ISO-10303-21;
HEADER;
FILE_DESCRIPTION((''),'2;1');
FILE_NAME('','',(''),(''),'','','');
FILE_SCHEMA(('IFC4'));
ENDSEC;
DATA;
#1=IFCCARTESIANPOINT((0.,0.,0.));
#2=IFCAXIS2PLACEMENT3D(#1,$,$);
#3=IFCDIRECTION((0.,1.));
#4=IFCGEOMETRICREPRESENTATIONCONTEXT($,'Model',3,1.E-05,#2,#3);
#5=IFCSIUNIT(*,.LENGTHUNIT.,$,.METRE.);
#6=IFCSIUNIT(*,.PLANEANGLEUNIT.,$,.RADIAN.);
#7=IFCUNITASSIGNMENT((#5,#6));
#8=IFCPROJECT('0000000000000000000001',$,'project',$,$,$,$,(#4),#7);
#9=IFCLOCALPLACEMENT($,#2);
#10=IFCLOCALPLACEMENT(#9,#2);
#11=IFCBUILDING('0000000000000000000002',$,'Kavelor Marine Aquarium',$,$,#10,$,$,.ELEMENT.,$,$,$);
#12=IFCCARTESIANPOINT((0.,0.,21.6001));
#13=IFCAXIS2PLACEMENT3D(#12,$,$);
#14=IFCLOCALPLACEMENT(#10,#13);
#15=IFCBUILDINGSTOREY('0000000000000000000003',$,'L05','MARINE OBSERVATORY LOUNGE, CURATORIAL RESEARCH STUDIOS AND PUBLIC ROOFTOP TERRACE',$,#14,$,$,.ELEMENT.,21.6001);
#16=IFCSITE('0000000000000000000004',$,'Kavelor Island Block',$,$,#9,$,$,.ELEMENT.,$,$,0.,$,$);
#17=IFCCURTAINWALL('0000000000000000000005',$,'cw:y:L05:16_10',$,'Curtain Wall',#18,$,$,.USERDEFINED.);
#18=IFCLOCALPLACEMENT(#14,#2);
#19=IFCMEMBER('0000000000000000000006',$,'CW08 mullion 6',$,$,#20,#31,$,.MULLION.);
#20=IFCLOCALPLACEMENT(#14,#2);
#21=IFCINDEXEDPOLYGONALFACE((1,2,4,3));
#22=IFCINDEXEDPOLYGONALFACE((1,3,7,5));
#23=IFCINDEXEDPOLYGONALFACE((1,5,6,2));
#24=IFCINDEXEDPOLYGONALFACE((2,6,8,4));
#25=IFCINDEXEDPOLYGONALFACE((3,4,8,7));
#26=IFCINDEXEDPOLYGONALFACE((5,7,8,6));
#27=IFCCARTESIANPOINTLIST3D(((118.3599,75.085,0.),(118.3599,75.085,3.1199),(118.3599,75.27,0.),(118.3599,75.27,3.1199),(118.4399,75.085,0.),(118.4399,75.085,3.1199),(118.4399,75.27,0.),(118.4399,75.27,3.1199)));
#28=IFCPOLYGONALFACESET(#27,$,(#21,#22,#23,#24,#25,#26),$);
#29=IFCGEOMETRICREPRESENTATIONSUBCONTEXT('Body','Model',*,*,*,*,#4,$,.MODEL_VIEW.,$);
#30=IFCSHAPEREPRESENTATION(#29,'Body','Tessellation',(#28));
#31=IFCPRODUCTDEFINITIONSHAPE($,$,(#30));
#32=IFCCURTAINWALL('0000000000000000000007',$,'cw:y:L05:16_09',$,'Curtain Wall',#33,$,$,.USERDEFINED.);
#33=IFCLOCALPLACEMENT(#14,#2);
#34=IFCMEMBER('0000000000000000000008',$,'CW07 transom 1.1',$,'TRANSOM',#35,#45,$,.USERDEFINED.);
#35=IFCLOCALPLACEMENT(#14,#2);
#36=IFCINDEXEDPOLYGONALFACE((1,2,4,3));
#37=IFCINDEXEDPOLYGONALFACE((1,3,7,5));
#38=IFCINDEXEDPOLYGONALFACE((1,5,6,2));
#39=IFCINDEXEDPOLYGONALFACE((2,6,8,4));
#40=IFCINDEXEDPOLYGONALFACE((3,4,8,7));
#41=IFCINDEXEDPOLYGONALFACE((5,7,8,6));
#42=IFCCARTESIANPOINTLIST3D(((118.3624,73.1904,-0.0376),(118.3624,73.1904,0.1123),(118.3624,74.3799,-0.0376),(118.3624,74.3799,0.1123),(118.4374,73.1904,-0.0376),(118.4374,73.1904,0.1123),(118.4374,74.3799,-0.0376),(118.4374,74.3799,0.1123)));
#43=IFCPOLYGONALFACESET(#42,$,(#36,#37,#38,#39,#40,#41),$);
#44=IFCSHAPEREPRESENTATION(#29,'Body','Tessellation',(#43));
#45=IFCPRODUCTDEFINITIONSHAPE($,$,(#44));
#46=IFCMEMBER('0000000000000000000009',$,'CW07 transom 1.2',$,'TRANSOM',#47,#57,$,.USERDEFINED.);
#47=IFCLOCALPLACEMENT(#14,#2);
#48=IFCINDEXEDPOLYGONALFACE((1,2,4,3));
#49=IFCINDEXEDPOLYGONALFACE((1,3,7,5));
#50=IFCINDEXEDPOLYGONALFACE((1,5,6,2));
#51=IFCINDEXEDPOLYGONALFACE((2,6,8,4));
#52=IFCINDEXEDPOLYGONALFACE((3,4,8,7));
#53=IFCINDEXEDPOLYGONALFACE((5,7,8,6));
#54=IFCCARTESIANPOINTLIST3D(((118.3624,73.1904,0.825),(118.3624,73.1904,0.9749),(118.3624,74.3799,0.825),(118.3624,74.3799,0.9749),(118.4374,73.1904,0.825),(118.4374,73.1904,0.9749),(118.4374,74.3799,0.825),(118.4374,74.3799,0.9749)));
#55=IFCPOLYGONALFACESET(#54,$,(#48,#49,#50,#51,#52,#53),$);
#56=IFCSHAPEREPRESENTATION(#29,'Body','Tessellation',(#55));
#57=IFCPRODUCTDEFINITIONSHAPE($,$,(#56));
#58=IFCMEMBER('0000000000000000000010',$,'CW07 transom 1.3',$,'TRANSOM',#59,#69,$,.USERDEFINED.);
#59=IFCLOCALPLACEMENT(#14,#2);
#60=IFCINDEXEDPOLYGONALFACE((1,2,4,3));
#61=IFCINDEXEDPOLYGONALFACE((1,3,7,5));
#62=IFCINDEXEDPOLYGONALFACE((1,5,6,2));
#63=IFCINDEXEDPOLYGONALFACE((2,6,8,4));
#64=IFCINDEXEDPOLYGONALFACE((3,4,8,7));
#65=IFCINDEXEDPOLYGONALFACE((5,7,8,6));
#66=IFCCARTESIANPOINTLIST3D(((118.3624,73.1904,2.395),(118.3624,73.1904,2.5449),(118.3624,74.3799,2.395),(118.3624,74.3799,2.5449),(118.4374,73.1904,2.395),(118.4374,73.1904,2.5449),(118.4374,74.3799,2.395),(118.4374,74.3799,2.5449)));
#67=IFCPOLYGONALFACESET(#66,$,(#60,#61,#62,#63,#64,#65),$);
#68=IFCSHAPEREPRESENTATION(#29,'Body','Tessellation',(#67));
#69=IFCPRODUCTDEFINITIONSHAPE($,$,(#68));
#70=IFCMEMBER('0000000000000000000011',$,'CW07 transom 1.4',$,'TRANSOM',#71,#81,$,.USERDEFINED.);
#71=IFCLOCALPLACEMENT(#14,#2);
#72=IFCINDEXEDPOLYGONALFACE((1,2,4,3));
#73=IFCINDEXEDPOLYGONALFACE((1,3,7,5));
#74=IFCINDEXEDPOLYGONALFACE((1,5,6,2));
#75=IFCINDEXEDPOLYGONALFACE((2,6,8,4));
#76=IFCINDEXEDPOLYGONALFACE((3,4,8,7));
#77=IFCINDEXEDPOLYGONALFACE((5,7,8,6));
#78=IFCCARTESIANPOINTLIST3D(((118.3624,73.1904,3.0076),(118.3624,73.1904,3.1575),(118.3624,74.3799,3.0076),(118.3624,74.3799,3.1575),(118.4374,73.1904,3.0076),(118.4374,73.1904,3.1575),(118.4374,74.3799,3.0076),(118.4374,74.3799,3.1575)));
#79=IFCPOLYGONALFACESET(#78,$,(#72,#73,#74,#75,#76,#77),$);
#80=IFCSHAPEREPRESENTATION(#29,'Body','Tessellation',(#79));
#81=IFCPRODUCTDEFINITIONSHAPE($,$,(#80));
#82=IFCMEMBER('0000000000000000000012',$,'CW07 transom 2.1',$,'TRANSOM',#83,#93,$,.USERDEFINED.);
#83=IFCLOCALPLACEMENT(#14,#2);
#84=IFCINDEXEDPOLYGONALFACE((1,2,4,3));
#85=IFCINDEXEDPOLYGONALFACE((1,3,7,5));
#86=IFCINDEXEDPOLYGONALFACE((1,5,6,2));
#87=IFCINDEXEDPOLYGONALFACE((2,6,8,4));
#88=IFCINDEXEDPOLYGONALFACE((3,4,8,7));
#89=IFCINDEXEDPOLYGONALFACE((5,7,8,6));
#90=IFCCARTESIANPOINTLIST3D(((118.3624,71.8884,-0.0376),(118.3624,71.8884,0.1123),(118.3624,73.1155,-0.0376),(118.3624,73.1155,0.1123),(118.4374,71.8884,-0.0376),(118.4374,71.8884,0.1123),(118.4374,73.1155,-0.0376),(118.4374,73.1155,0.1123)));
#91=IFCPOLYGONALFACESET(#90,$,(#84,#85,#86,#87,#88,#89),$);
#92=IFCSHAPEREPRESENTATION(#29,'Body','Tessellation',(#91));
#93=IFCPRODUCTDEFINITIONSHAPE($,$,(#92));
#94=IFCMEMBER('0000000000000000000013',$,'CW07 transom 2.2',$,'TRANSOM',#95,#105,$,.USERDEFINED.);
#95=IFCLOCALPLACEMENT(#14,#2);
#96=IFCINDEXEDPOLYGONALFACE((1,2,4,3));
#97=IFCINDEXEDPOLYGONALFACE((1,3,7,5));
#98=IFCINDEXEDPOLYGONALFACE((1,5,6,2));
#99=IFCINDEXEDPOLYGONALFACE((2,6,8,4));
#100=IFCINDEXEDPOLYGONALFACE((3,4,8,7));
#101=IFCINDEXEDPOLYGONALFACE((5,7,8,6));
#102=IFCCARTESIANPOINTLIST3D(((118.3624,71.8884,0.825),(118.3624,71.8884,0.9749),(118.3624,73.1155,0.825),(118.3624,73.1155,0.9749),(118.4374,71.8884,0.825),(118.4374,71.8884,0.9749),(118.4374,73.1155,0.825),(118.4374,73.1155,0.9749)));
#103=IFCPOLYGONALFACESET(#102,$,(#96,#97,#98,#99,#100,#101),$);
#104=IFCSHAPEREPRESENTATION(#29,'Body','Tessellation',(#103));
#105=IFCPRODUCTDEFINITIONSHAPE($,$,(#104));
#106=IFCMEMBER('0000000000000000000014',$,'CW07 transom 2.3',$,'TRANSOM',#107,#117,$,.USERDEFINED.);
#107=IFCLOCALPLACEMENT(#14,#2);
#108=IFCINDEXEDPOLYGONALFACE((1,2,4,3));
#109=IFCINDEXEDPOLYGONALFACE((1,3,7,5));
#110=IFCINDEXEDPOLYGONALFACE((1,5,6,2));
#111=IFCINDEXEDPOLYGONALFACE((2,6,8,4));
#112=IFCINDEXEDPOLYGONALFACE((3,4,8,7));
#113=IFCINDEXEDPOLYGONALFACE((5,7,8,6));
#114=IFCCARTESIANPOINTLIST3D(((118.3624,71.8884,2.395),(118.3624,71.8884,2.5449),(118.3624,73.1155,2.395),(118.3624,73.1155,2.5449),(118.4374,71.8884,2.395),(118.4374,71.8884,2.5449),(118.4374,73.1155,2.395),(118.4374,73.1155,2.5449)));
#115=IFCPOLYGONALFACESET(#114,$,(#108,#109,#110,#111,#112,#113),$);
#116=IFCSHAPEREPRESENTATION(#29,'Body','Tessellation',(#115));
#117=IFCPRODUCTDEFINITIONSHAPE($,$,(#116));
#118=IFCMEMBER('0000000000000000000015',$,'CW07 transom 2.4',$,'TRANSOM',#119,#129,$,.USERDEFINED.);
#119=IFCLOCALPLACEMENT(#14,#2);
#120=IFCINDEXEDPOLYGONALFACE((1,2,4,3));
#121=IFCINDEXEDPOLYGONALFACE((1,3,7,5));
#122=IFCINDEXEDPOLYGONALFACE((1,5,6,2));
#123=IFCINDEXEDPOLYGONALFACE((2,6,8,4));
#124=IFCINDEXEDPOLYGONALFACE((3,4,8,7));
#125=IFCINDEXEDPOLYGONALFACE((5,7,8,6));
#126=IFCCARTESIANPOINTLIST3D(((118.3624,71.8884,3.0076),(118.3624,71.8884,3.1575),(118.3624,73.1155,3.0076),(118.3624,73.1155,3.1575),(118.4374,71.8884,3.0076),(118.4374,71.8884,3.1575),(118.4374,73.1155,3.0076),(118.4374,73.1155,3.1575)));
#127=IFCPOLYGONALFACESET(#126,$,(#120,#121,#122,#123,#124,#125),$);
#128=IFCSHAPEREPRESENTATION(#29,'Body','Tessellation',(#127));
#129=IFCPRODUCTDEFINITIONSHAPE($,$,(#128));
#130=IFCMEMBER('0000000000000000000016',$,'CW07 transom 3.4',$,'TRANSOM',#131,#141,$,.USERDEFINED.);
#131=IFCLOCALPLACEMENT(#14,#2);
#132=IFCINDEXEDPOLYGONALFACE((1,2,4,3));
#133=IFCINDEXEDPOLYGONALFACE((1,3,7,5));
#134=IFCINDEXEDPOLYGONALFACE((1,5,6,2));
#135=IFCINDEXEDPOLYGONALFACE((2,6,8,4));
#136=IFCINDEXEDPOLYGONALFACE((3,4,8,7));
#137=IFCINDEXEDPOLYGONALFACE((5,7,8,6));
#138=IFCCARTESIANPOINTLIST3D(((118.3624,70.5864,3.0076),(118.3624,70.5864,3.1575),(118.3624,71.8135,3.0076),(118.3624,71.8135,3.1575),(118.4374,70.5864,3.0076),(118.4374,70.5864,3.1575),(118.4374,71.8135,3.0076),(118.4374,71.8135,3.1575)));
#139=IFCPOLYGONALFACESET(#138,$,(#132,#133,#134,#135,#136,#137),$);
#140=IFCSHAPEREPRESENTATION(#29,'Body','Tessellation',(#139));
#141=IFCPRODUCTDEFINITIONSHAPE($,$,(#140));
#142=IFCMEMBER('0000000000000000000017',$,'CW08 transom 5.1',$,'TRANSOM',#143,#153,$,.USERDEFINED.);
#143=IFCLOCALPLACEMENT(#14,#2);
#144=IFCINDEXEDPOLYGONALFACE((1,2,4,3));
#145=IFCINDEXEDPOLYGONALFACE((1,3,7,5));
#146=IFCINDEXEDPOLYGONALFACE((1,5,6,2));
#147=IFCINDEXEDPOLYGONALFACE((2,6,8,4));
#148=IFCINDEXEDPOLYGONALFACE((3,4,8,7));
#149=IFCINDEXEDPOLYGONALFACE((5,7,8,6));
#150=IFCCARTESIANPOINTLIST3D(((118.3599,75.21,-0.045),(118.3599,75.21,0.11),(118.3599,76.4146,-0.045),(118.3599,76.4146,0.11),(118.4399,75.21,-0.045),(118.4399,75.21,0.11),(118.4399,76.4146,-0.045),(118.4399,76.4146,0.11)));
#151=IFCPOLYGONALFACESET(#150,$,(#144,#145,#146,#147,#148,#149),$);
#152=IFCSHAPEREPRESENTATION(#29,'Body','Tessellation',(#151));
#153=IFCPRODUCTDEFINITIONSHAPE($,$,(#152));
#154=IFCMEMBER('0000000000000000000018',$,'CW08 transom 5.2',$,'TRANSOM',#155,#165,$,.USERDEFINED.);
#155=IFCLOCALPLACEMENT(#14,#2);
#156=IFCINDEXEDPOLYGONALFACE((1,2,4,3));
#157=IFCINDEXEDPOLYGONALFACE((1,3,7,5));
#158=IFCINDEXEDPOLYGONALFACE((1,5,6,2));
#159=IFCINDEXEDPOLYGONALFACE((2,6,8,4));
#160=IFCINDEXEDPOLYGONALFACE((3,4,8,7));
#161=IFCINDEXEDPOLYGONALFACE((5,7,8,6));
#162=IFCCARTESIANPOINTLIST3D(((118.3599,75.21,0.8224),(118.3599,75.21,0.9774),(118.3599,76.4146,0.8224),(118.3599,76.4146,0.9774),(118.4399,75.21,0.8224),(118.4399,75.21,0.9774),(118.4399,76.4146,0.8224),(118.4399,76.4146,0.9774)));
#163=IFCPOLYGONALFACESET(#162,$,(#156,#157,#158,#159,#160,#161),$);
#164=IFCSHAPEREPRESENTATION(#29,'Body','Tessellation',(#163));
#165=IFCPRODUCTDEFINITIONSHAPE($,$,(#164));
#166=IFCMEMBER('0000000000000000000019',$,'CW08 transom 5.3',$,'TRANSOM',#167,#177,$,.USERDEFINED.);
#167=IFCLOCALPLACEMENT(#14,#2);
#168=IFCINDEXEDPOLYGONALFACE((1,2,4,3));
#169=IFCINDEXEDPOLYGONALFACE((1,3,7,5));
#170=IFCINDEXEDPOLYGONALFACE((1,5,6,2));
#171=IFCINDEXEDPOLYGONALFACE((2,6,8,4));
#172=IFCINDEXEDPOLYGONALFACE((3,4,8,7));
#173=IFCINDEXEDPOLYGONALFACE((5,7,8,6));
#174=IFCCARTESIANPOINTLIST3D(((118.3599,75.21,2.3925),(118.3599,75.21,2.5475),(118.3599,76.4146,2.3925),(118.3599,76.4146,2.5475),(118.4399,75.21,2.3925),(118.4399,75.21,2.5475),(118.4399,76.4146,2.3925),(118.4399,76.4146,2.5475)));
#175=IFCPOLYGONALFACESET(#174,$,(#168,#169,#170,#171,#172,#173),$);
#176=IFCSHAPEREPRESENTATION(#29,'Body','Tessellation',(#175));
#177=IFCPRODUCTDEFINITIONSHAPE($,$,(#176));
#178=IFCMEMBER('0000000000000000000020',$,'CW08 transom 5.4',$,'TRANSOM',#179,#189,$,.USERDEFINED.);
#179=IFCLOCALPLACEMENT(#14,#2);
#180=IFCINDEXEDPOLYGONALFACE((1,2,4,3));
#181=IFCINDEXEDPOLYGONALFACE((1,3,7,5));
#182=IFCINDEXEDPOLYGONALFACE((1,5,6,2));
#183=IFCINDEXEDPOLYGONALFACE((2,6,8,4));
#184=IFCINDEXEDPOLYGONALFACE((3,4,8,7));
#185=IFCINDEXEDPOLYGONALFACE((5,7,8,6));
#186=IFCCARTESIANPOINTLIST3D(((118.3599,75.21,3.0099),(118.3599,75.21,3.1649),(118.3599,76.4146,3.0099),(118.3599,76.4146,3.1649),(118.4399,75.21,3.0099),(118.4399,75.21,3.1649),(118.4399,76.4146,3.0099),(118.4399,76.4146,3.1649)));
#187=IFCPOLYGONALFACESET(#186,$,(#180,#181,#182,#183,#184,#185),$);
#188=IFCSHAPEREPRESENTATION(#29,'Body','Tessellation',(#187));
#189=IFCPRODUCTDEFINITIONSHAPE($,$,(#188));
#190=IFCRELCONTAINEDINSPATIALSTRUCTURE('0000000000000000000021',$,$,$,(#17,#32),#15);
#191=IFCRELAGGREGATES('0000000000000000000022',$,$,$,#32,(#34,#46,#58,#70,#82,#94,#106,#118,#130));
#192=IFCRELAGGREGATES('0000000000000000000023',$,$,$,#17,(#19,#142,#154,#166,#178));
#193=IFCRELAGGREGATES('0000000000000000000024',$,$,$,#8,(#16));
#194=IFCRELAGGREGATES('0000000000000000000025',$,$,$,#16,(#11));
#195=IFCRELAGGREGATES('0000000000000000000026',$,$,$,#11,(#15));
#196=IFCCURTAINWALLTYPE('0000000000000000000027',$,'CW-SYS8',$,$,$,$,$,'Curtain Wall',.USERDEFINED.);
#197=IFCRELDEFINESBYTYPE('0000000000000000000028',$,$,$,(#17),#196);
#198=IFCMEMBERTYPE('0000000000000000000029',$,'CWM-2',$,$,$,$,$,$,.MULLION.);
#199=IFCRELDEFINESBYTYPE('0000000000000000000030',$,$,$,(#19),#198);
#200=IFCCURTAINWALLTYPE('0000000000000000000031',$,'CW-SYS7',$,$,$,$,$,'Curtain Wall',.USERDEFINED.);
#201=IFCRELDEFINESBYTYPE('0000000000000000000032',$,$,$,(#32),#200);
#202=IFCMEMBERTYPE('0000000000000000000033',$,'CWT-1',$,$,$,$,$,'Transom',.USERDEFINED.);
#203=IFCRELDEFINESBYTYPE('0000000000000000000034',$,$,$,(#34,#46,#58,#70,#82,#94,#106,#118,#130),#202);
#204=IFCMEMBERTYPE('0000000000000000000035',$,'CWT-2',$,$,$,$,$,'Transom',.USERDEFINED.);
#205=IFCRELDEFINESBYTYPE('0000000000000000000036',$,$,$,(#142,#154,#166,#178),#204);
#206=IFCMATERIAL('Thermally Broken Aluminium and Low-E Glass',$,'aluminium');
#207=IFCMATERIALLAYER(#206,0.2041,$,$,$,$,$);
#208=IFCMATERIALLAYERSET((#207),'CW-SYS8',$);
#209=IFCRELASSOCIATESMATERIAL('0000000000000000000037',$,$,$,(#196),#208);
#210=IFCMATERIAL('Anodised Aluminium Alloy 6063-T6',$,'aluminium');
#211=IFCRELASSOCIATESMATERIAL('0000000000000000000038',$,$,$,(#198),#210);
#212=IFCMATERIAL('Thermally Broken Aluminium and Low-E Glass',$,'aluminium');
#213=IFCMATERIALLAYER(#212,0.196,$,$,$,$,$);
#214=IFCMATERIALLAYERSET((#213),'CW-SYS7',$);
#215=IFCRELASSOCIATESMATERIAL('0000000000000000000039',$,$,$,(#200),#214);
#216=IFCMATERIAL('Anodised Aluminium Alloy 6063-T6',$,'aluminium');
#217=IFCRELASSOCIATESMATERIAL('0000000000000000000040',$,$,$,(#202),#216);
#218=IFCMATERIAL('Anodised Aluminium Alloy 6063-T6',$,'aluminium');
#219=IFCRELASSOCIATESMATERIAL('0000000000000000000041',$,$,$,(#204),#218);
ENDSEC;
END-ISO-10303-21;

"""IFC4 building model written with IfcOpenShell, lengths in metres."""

from ifc_helpers import new_model, si_unit, direction, frame, origin, origin_2d, place, context, subcontext, project, spatial, rectangle, extrude, material, layer, layer_set, material_profile, profile_set, type_object, element, aggregate, save


model = new_model("IFC4")

# Units and contexts
model_context = context("Model", 3, precision=1e-05, world=origin(), true_north=direction((0.0, 1.0)))
body_context = subcontext(model_context, "Body", "Model", "MODEL_VIEW")
ifc_project = project(units=[si_unit("LENGTHUNIT", "METRE"), si_unit("PLANEANGLEUNIT", "RADIAN")], contexts=[model_context])

# Site, building, storey
site_placement = place(None, origin())
site = spatial("IfcSite", under=ifc_project, at=site_placement, Name="Kavelor Island Block", CompositionType="ELEMENT", RefElevation=0.0)
building_placement = place(site_placement, origin())
building = spatial("IfcBuilding", under=site, at=building_placement, Name="Kavelor Marine Aquarium", CompositionType="ELEMENT")
storey_placement = place(building_placement, frame((0.0, 0.0, 21.6001)))
storey = spatial("IfcBuildingStorey", under=building, at=storey_placement, Name="L05", Description="MARINE OBSERVATORY LOUNGE, CURATORIAL RESEARCH STUDIOS AND PUBLIC ROOFTOP TERRACE", CompositionType="ELEMENT", Elevation=21.6001)

# Curtain wall, member
ifc_material_1 = material(Name="Thermally Broken Aluminium and Low-E Glass", Category="aluminium")
ifc_layer_1 = layer(ifc_material_1, 0.2041)
ifc_layer_set_1 = layer_set([ifc_layer_1], Name="CW-SYS8")
curtain_wall_type_1 = type_object("IfcCurtainWallType", Name="CW-SYS8", ElementType="Curtain Wall", PredefinedType="USERDEFINED", material=ifc_layer_set_1)
curtain_wall_1_placement = place(storey_placement, origin())
curtain_wall_1 = element("IfcCurtainWall", 1, at=curtain_wall_1_placement, inside=storey, type_object=curtain_wall_type_1, Name="cw:y:L05:16_10", ObjectType="Curtain Wall", PredefinedType="USERDEFINED")
ifc_material_2 = material(Name="Anodised Aluminium Alloy 6063-T6", Category="aluminium")
ifc_material_profile_1 = material_profile(ifc_material_2, rectangle(XDim=0.0801, YDim=0.1851, at=origin_2d()), Name="CW-MUL 80x185")
ifc_profile_set_1 = profile_set([ifc_material_profile_1], Name="Anodised Aluminium Alloy 6063-T6")
member_type_1 = type_object("IfcMemberType", Name="CWM-2", PredefinedType="MULLION", material=ifc_profile_set_1)
member_1_placement = place(storey_placement, frame((118.3999, 75.1775, 0.0), z_axis=(0.0, 0.0, 1.0), x_axis=(1.0, 0.0, 0.0)))
member_1 = element("IfcMember", 2, at=member_1_placement, type_object=member_type_1, Name="CW08 mullion 6", PredefinedType="MULLION", context=body_context, shape_type="SweptSolid", body=[
    extrude(rectangle(XDim=0.0801, YDim=0.1851, at=origin_2d()), origin(), (0.0, 0.0, 1.0), 3.1199),
])

# Curtain wall, members
ifc_material_3 = material(Name="Thermally Broken Aluminium and Low-E Glass", Category="aluminium")
ifc_layer_2 = layer(ifc_material_3, 0.196)
ifc_layer_set_2 = layer_set([ifc_layer_2], Name="CW-SYS7")
curtain_wall_type_2 = type_object("IfcCurtainWallType", Name="CW-SYS7", ElementType="Curtain Wall", PredefinedType="USERDEFINED", material=ifc_layer_set_2)
curtain_wall_2_placement = place(storey_placement, origin())
curtain_wall_2 = element("IfcCurtainWall", 3, at=curtain_wall_2_placement, inside=storey, type_object=curtain_wall_type_2, Name="cw:y:L05:16_09", ObjectType="Curtain Wall", PredefinedType="USERDEFINED")
ifc_material_4 = material(Name="Anodised Aluminium Alloy 6063-T6", Category="aluminium")
ifc_material_profile_2 = material_profile(ifc_material_4, rectangle(XDim=0.075, YDim=0.1499, at=origin_2d()), Name="CW-TRN 75x150")
ifc_profile_set_2 = profile_set([ifc_material_profile_2], Name="Anodised Aluminium Alloy 6063-T6")
member_type_2 = type_object("IfcMemberType", Name="CWT-1", ElementType="Transom", PredefinedType="USERDEFINED", material=ifc_profile_set_2)
member_2_placement = place(storey_placement, frame((118.3999, 74.3799, 0.0374), z_axis=(0.0, -1.0, 0.0), x_axis=(1.0, 0.0, 0.0)))
member_2 = element("IfcMember", 4, at=member_2_placement, type_object=member_type_2, Name="CW07 transom 1.1", ObjectType="TRANSOM", PredefinedType="USERDEFINED", context=body_context, shape_type="SweptSolid", body=[
    extrude(rectangle(XDim=0.075, YDim=0.1499, at=origin_2d()), origin(), (0.0, 0.0, 1.0), 1.1895),
])
member_3_placement = place(storey_placement, frame((118.3999, 74.3799, 0.8999), z_axis=(0.0, -1.0, 0.0), x_axis=(1.0, 0.0, 0.0)))
member_3 = element("IfcMember", 5, at=member_3_placement, type_object=member_type_2, Name="CW07 transom 1.2", ObjectType="TRANSOM", PredefinedType="USERDEFINED", context=body_context, shape_type="SweptSolid", body=[
    extrude(rectangle(XDim=0.075, YDim=0.1499, at=origin_2d()), origin(), (0.0, 0.0, 1.0), 1.1895),
])
member_4_placement = place(storey_placement, frame((118.3999, 74.3799, 2.47), z_axis=(0.0, -1.0, 0.0), x_axis=(1.0, 0.0, 0.0)))
member_4 = element("IfcMember", 6, at=member_4_placement, type_object=member_type_2, Name="CW07 transom 1.3", ObjectType="TRANSOM", PredefinedType="USERDEFINED", context=body_context, shape_type="SweptSolid", body=[
    extrude(rectangle(XDim=0.075, YDim=0.1499, at=origin_2d()), origin(), (0.0, 0.0, 1.0), 1.1895),
])
member_5_placement = place(storey_placement, frame((118.3999, 74.3799, 3.0825), z_axis=(0.0, -1.0, 0.0), x_axis=(1.0, 0.0, 0.0)))
member_5 = element("IfcMember", 7, at=member_5_placement, type_object=member_type_2, Name="CW07 transom 1.4", ObjectType="TRANSOM", PredefinedType="USERDEFINED", context=body_context, shape_type="SweptSolid", body=[
    extrude(rectangle(XDim=0.075, YDim=0.1499, at=origin_2d()), origin(), (0.0, 0.0, 1.0), 1.1895),
])
member_6_placement = place(storey_placement, frame((118.3999, 73.1155, 0.0374), z_axis=(0.0, -1.0, 0.0), x_axis=(1.0, 0.0, 0.0)))
member_6 = element("IfcMember", 8, at=member_6_placement, type_object=member_type_2, Name="CW07 transom 2.1", ObjectType="TRANSOM", PredefinedType="USERDEFINED", context=body_context, shape_type="SweptSolid", body=[
    extrude(rectangle(XDim=0.075, YDim=0.1499, at=origin_2d()), origin(), (0.0, 0.0, 1.0), 1.2271),
])
member_7_placement = place(storey_placement, frame((118.3999, 73.1155, 0.8999), z_axis=(0.0, -1.0, 0.0), x_axis=(1.0, 0.0, 0.0)))
member_7 = element("IfcMember", 9, at=member_7_placement, type_object=member_type_2, Name="CW07 transom 2.2", ObjectType="TRANSOM", PredefinedType="USERDEFINED", context=body_context, shape_type="SweptSolid", body=[
    extrude(rectangle(XDim=0.075, YDim=0.1499, at=origin_2d()), origin(), (0.0, 0.0, 1.0), 1.2271),
])
member_8_placement = place(storey_placement, frame((118.3999, 73.1155, 2.47), z_axis=(0.0, -1.0, 0.0), x_axis=(1.0, 0.0, 0.0)))
member_8 = element("IfcMember", 10, at=member_8_placement, type_object=member_type_2, Name="CW07 transom 2.3", ObjectType="TRANSOM", PredefinedType="USERDEFINED", context=body_context, shape_type="SweptSolid", body=[
    extrude(rectangle(XDim=0.075, YDim=0.1499, at=origin_2d()), origin(), (0.0, 0.0, 1.0), 1.2271),
])
member_9_placement = place(storey_placement, frame((118.3999, 73.1155, 3.0825), z_axis=(0.0, -1.0, 0.0), x_axis=(1.0, 0.0, 0.0)))
member_9 = element("IfcMember", 11, at=member_9_placement, type_object=member_type_2, Name="CW07 transom 2.4", ObjectType="TRANSOM", PredefinedType="USERDEFINED", context=body_context, shape_type="SweptSolid", body=[
    extrude(rectangle(XDim=0.075, YDim=0.1499, at=origin_2d()), origin(), (0.0, 0.0, 1.0), 1.2271),
])
member_10_placement = place(storey_placement, frame((118.3999, 71.8135, 3.0825), z_axis=(0.0, -1.0, 0.0), x_axis=(1.0, 0.0, 0.0)))
member_10 = element("IfcMember", 12, at=member_10_placement, type_object=member_type_2, Name="CW07 transom 3.4", ObjectType="TRANSOM", PredefinedType="USERDEFINED", context=body_context, shape_type="SweptSolid", body=[
    extrude(rectangle(XDim=0.075, YDim=0.1499, at=origin_2d()), origin(), (0.0, 0.0, 1.0), 1.2271),
])

# Members
ifc_material_5 = material(Name="Anodised Aluminium Alloy 6063-T6", Category="aluminium")
ifc_material_profile_3 = material_profile(ifc_material_5, rectangle(XDim=0.0801, YDim=0.155, at=origin_2d()), Name="CW-TRN 80x155")
ifc_profile_set_3 = profile_set([ifc_material_profile_3], Name="Anodised Aluminium Alloy 6063-T6")
member_type_3 = type_object("IfcMemberType", Name="CWT-2", ElementType="Transom", PredefinedType="USERDEFINED", material=ifc_profile_set_3)
member_11_placement = place(storey_placement, frame((118.3999, 76.4146, 0.0325), z_axis=(0.0, -1.0, 0.0), x_axis=(1.0, 0.0, 0.0)))
member_11 = element("IfcMember", 13, at=member_11_placement, type_object=member_type_3, Name="CW08 transom 5.1", ObjectType="TRANSOM", PredefinedType="USERDEFINED", context=body_context, shape_type="SweptSolid", body=[
    extrude(rectangle(XDim=0.0801, YDim=0.155, at=origin_2d()), origin(), (0.0, 0.0, 1.0), 1.2046),
])
member_12_placement = place(storey_placement, frame((118.3999, 76.4146, 0.8999), z_axis=(0.0, -1.0, 0.0), x_axis=(1.0, 0.0, 0.0)))
member_12 = element("IfcMember", 14, at=member_12_placement, type_object=member_type_3, Name="CW08 transom 5.2", ObjectType="TRANSOM", PredefinedType="USERDEFINED", context=body_context, shape_type="SweptSolid", body=[
    extrude(rectangle(XDim=0.0801, YDim=0.155, at=origin_2d()), origin(), (0.0, 0.0, 1.0), 1.2046),
])
member_13_placement = place(storey_placement, frame((118.3999, 76.4146, 2.47), z_axis=(0.0, -1.0, 0.0), x_axis=(1.0, 0.0, 0.0)))
member_13 = element("IfcMember", 15, at=member_13_placement, type_object=member_type_3, Name="CW08 transom 5.3", ObjectType="TRANSOM", PredefinedType="USERDEFINED", context=body_context, shape_type="SweptSolid", body=[
    extrude(rectangle(XDim=0.0801, YDim=0.155, at=origin_2d()), origin(), (0.0, 0.0, 1.0), 1.2046),
])
member_14_placement = place(storey_placement, frame((118.3999, 76.4146, 3.0874), z_axis=(0.0, -1.0, 0.0), x_axis=(1.0, 0.0, 0.0)))
member_14 = element("IfcMember", 16, at=member_14_placement, type_object=member_type_3, Name="CW08 transom 5.4", ObjectType="TRANSOM", PredefinedType="USERDEFINED", context=body_context, shape_type="SweptSolid", body=[
    extrude(rectangle(XDim=0.0801, YDim=0.155, at=origin_2d()), origin(), (0.0, 0.0, 1.0), 1.2046),
])

aggregate(curtain_wall_2, [member_2, member_3, member_4, member_5, member_6, member_7, member_8, member_9, member_10])
aggregate(curtain_wall_1, [member_1, member_11, member_12, member_13, member_14])

save(model, "model.ifc")
